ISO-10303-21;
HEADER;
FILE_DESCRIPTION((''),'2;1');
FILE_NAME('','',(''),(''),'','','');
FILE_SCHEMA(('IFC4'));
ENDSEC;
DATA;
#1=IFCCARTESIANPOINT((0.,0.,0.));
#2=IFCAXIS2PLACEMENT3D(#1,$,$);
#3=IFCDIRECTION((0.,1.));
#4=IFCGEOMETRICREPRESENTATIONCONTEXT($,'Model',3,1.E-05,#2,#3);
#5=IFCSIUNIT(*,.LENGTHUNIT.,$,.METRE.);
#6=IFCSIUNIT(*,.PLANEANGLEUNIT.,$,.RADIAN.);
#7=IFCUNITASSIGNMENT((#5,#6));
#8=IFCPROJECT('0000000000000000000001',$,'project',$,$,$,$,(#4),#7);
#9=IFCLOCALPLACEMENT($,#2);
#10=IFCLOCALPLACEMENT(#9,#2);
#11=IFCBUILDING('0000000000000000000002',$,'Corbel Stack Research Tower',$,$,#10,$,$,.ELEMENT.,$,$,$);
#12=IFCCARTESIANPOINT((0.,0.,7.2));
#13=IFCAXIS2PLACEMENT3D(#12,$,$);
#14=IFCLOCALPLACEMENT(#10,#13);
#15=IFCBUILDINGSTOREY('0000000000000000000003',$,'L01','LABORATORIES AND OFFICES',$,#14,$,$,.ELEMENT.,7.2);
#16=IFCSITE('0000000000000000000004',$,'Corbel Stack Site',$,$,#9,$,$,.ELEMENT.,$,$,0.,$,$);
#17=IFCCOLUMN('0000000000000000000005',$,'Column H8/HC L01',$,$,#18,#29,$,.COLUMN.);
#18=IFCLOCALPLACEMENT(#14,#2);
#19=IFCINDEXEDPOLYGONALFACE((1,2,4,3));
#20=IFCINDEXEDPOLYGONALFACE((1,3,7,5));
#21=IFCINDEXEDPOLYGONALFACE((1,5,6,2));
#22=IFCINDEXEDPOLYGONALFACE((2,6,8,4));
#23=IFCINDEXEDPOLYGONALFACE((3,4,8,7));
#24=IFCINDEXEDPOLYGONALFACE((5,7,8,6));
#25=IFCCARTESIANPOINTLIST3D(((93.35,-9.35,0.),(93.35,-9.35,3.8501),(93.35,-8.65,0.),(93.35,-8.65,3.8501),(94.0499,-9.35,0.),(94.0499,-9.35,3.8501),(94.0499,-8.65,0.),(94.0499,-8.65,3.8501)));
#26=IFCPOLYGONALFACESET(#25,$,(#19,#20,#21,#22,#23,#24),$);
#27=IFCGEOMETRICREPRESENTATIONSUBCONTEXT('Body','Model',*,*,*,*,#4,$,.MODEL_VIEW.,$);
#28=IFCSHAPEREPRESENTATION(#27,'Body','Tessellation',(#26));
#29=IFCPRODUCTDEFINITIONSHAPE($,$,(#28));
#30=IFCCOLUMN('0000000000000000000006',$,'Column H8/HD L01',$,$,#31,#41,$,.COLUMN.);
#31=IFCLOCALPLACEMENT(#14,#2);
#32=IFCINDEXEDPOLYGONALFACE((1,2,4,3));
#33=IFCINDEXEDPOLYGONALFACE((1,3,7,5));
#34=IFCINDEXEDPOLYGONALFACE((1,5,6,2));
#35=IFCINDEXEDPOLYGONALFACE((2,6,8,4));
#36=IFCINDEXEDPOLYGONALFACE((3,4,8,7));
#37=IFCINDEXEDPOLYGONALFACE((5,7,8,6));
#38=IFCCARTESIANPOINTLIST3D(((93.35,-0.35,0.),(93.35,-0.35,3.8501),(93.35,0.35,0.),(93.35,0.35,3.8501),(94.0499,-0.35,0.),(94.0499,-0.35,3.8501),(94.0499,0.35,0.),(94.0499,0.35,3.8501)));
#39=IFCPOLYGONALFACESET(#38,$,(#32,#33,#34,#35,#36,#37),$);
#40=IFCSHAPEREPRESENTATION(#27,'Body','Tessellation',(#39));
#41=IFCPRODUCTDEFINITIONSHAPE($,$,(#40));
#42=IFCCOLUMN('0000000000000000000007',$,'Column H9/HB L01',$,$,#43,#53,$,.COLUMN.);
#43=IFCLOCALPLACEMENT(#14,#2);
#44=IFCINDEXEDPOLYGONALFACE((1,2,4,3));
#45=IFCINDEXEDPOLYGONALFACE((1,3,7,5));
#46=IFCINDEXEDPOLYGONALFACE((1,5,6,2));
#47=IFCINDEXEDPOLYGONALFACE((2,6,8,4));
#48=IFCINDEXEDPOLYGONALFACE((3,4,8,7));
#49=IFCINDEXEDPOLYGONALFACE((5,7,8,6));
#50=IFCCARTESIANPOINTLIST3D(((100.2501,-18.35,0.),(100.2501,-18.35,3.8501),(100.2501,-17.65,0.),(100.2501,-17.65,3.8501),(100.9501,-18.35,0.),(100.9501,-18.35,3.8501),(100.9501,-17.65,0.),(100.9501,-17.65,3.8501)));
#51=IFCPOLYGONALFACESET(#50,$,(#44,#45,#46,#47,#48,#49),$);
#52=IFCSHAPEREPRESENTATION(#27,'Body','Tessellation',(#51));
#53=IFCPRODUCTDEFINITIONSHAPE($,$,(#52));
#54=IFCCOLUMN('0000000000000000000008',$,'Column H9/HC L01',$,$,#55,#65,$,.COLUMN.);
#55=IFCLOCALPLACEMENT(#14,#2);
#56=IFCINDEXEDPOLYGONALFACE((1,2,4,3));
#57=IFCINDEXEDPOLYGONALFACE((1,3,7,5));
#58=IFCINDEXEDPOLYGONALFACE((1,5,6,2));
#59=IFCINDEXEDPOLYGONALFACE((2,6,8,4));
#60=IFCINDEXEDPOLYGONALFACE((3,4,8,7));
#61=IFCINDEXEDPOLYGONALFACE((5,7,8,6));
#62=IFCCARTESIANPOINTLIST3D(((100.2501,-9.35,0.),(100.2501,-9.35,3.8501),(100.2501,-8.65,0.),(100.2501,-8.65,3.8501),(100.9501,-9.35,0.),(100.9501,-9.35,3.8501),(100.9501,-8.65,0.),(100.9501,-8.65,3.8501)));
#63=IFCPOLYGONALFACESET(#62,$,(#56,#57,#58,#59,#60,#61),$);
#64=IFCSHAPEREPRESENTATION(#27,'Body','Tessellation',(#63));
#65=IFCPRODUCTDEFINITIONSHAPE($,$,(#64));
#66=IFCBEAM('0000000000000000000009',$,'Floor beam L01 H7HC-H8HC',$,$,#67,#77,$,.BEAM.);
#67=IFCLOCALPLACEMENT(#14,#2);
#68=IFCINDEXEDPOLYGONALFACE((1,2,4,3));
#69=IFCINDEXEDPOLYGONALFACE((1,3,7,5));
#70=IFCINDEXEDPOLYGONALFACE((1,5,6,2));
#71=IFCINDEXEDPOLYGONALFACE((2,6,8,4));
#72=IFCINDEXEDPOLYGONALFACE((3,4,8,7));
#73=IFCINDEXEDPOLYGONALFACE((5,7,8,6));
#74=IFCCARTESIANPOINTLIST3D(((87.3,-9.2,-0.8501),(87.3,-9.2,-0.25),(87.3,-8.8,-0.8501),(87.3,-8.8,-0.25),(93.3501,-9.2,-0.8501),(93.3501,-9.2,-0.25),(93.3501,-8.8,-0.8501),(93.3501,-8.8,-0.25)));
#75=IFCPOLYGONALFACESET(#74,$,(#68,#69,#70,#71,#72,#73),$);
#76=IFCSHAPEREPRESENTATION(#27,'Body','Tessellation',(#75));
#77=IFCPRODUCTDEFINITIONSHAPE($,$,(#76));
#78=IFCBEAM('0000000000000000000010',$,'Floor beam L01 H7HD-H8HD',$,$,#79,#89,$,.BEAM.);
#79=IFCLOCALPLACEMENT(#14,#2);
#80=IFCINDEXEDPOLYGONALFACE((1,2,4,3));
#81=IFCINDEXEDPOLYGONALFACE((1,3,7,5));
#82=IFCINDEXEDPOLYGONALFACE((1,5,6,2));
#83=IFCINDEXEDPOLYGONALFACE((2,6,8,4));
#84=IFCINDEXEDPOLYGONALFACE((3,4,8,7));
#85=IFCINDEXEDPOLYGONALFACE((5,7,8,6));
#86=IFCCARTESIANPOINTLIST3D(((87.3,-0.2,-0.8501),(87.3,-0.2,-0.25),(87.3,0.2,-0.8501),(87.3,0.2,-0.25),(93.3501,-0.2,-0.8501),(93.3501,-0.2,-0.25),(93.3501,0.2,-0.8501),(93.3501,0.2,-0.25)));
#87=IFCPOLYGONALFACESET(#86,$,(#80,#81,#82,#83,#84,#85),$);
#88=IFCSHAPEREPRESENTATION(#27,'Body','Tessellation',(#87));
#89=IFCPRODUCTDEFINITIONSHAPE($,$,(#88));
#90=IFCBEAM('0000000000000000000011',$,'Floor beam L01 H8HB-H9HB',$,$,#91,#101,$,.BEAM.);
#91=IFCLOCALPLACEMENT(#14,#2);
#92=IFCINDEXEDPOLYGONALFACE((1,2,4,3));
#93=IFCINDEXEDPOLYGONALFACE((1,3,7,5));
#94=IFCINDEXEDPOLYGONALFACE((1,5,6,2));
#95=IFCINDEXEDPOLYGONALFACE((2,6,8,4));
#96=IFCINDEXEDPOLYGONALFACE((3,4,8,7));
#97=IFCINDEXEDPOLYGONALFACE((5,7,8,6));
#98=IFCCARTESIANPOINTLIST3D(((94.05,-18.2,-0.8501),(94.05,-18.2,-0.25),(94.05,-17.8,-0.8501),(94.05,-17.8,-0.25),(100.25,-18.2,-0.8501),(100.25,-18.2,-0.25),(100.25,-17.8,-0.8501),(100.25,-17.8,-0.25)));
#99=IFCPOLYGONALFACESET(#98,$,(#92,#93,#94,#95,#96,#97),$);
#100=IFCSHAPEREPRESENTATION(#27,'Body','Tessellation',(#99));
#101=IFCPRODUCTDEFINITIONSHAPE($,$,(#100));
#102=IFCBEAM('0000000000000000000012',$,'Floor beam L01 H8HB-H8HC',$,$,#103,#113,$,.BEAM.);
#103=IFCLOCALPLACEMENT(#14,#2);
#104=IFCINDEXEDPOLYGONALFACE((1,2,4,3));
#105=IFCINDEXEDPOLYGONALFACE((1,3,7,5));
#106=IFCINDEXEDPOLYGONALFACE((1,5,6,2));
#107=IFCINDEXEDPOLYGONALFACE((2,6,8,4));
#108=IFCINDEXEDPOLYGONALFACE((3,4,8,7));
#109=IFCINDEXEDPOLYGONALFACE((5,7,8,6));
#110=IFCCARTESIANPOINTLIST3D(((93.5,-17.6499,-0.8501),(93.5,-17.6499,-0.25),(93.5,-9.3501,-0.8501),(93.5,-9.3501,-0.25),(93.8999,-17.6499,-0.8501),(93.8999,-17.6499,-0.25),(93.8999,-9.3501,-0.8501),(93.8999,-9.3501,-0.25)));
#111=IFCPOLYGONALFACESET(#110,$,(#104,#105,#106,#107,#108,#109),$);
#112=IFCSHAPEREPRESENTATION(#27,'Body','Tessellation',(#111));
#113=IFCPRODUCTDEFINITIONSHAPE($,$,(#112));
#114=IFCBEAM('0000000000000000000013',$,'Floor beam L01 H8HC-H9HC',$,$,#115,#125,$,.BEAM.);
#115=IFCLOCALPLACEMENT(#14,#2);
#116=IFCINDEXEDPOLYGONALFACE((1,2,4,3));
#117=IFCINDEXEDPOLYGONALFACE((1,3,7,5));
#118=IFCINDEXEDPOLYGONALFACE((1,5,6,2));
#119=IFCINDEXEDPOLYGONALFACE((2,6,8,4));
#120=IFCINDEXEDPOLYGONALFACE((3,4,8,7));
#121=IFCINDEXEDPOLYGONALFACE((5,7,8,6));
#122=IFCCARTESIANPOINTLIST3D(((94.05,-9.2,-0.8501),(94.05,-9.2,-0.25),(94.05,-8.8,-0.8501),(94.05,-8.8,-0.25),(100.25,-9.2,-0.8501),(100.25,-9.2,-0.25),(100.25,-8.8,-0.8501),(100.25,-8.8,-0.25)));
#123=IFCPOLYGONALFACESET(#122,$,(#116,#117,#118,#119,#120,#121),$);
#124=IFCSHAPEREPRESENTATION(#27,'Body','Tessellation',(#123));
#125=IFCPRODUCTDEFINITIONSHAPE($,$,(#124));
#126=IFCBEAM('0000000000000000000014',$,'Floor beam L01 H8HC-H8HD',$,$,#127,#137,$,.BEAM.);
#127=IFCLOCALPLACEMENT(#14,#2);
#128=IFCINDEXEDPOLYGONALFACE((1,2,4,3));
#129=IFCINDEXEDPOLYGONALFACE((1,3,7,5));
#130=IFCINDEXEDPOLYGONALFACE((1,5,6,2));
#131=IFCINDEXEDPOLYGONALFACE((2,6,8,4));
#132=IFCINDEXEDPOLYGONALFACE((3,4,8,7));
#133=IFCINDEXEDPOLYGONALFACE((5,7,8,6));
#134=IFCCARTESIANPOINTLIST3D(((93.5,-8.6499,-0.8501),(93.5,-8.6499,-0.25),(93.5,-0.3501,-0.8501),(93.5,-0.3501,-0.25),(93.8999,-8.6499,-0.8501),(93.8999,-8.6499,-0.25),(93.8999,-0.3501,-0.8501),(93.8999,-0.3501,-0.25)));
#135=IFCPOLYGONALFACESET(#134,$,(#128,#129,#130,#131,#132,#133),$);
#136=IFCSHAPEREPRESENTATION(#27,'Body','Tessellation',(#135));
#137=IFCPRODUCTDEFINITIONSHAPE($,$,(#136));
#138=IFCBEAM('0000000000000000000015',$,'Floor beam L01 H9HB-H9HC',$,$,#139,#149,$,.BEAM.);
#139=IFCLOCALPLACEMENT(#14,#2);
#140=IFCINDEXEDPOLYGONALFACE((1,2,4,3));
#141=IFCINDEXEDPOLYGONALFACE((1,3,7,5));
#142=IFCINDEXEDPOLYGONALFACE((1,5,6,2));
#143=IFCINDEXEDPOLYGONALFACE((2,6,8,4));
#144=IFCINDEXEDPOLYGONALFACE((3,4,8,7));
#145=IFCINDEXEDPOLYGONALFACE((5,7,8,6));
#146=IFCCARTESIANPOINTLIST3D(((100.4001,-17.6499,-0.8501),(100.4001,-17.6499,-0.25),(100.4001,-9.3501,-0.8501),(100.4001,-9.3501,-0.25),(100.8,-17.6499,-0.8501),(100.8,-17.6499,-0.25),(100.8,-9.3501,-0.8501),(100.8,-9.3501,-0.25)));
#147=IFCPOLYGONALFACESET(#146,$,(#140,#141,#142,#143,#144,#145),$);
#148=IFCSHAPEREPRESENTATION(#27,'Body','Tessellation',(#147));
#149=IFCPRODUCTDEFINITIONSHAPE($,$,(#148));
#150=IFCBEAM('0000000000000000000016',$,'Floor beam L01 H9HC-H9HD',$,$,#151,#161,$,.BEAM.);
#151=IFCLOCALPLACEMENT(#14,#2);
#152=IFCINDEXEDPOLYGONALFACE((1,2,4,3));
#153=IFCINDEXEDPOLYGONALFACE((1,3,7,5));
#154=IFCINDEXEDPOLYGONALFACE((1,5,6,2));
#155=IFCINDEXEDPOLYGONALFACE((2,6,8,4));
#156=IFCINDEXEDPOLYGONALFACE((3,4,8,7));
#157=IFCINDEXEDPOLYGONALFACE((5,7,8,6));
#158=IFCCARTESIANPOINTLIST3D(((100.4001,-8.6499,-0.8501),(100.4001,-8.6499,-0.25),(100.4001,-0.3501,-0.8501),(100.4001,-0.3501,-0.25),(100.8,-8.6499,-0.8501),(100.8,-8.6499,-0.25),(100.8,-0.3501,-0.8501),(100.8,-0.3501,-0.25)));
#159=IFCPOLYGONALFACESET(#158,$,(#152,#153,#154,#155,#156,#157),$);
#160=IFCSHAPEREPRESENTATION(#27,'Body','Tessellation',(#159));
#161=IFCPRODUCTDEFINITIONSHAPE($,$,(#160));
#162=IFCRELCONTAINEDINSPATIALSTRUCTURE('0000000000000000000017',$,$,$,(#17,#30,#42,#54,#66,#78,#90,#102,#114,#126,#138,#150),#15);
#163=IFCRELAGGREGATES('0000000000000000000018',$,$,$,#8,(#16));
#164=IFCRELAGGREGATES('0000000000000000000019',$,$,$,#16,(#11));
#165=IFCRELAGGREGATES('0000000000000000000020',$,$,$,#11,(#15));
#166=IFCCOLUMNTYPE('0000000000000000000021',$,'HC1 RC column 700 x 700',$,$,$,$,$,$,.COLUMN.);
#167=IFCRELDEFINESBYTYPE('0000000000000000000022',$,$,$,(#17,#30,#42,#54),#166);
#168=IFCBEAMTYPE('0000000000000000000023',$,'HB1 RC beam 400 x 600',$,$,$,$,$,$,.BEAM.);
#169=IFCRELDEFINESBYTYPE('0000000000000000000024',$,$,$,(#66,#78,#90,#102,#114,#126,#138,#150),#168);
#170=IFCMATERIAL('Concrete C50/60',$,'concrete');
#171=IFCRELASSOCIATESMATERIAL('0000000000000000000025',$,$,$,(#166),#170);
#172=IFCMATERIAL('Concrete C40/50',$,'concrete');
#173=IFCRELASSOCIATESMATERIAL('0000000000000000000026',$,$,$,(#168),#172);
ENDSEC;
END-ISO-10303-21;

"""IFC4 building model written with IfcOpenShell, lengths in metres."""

from ifc_helpers import new_model, si_unit, direction, frame, origin, origin_2d, place, context, subcontext, project, spatial, rectangle, extrude, material, material_profile, profile_set, type_object, element, save


model = new_model("IFC4")

# Units and contexts
model_context = context("Model", 3, precision=1e-05, world=origin(), true_north=direction((0.0, 1.0)))
body_context = subcontext(model_context, "Body", "Model", "MODEL_VIEW")
ifc_project = project(units=[si_unit("LENGTHUNIT", "METRE"), si_unit("PLANEANGLEUNIT", "RADIAN")], contexts=[model_context])

# Site, building, storey
site_placement = place(None, origin())
site = spatial("IfcSite", under=ifc_project, at=site_placement, Name="Corbel Stack Site", CompositionType="ELEMENT", RefElevation=0.0)
building_placement = place(site_placement, origin())
building = spatial("IfcBuilding", under=site, at=building_placement, Name="Corbel Stack Research Tower", CompositionType="ELEMENT")
storey_placement = place(building_placement, frame((0.0, 0.0, 7.2)))
storey = spatial("IfcBuildingStorey", under=building, at=storey_placement, Name="L01", Description="LABORATORIES AND OFFICES", CompositionType="ELEMENT", Elevation=7.2)

# Columns
ifc_material_1 = material(Name="Concrete C50/60", Category="concrete")
ifc_material_profile_1 = material_profile(ifc_material_1, rectangle(XDim=0.7, YDim=0.7, at=origin_2d()), Name="RC 700 x 700")
ifc_profile_set_1 = profile_set([ifc_material_profile_1], Name="Concrete C50/60")
column_type = type_object("IfcColumnType", Name="HC1 RC column 700 x 700", PredefinedType="COLUMN", material=ifc_profile_set_1)
for number, where, z_axis, x_axis, name in (
    (1, (93.7, -9.0, 0.0), (0.0, 0.0, 1.0), (1.0, 0.0, 0.0), "Column H8/HC L01"),
    (2, (93.7, 0.0, 0.0), (0.0, 0.0, 1.0), (1.0, 0.0, 0.0), "Column H8/HD L01"),
    (3, (100.6001, -18.0, 0.0), (0.0, 0.0, 1.0), (1.0, 0.0, 0.0), "Column H9/HB L01"),
    (4, (100.6001, -9.0, 0.0), (0.0, 0.0, 1.0), (1.0, 0.0, 0.0), "Column H9/HC L01"),
):
    element("IfcColumn", number, at=place(storey_placement, frame(where, z_axis=z_axis, x_axis=x_axis)), inside=storey, type_object=column_type, Name=name, PredefinedType="COLUMN", context=body_context, shape_type="SweptSolid", body=[
        extrude(rectangle(XDim=0.7, YDim=0.7, at=origin_2d()), origin(), (0.0, 0.0, 1.0), 3.8501),
    ])

# Beams
ifc_material_2 = material(Name="Concrete C40/50", Category="concrete")
ifc_material_profile_2 = material_profile(ifc_material_2, rectangle(XDim=0.3999, YDim=0.6001, at=origin_2d()), Name="RC 400 x 600")
ifc_profile_set_2 = profile_set([ifc_material_profile_2], Name="Concrete C40/50")
beam_type = type_object("IfcBeamType", Name="HB1 RC beam 400 x 600", PredefinedType="BEAM", material=ifc_profile_set_2)
for number, where, z_axis, x_axis, name in (
    (5, (87.3, -9.0, -0.55), (1.0, 0.0, 0.0), (0.0, 1.0, 0.0), "Floor beam L01 H7HC-H8HC"),
    (6, (87.3, 0.0, -0.55), (1.0, 0.0, 0.0), (0.0, 1.0, 0.0), "Floor beam L01 H7HD-H8HD"),
):
    element("IfcBeam", number, at=place(storey_placement, frame(where, z_axis=z_axis, x_axis=x_axis)), inside=storey, type_object=beam_type, Name=name, PredefinedType="BEAM", context=body_context, shape_type="SweptSolid", body=[
        extrude(rectangle(XDim=0.3999, YDim=0.6001, at=origin_2d()), origin(), (0.0, 0.0, 1.0), 6.05),
    ])
beam_1_placement = place(storey_placement, frame((94.05, -18.0, -0.55), z_axis=(1.0, 0.0, 0.0), x_axis=(0.0, 1.0, 0.0)))
element("IfcBeam", 7, at=beam_1_placement, inside=storey, type_object=beam_type, Name="Floor beam L01 H8HB-H9HB", PredefinedType="BEAM", context=body_context, shape_type="SweptSolid", body=[
    extrude(rectangle(XDim=0.3999, YDim=0.6001, at=origin_2d()), origin(), (0.0, 0.0, 1.0), 6.2),
])
beam_2_placement = place(storey_placement, frame((93.7, -17.6499, -0.55), z_axis=(0.0, 1.0, 0.0), x_axis=(-1.0, 0.0, 0.0)))
element("IfcBeam", 8, at=beam_2_placement, inside=storey, type_object=beam_type, Name="Floor beam L01 H8HB-H8HC", PredefinedType="BEAM", context=body_context, shape_type="SweptSolid", body=[
    extrude(rectangle(XDim=0.3999, YDim=0.6001, at=origin_2d()), origin(), (0.0, 0.0, 1.0), 8.2998),
])
beam_3_placement = place(storey_placement, frame((94.05, -9.0, -0.55), z_axis=(1.0, 0.0, 0.0), x_axis=(0.0, 1.0, 0.0)))
element("IfcBeam", 9, at=beam_3_placement, inside=storey, type_object=beam_type, Name="Floor beam L01 H8HC-H9HC", PredefinedType="BEAM", context=body_context, shape_type="SweptSolid", body=[
    extrude(rectangle(XDim=0.3999, YDim=0.6001, at=origin_2d()), origin(), (0.0, 0.0, 1.0), 6.2),
])
for number, where, z_axis, x_axis, name in (
    (10, (93.7, -8.6499, -0.55), (0.0, 1.0, 0.0), (-1.0, 0.0, 0.0), "Floor beam L01 H8HC-H8HD"),
    (11, (100.6001, -17.6499, -0.55), (0.0, 1.0, 0.0), (-1.0, 0.0, 0.0), "Floor beam L01 H9HB-H9HC"),
    (12, (100.6001, -8.6499, -0.55), (0.0, 1.0, 0.0), (-1.0, 0.0, 0.0), "Floor beam L01 H9HC-H9HD"),
):
    element("IfcBeam", number, at=place(storey_placement, frame(where, z_axis=z_axis, x_axis=x_axis)), inside=storey, type_object=beam_type, Name=name, PredefinedType="BEAM", context=body_context, shape_type="SweptSolid", body=[
        extrude(rectangle(XDim=0.3999, YDim=0.6001, at=origin_2d()), origin(), (0.0, 0.0, 1.0), 8.2998),
    ])

save(model, "model.ifc")
